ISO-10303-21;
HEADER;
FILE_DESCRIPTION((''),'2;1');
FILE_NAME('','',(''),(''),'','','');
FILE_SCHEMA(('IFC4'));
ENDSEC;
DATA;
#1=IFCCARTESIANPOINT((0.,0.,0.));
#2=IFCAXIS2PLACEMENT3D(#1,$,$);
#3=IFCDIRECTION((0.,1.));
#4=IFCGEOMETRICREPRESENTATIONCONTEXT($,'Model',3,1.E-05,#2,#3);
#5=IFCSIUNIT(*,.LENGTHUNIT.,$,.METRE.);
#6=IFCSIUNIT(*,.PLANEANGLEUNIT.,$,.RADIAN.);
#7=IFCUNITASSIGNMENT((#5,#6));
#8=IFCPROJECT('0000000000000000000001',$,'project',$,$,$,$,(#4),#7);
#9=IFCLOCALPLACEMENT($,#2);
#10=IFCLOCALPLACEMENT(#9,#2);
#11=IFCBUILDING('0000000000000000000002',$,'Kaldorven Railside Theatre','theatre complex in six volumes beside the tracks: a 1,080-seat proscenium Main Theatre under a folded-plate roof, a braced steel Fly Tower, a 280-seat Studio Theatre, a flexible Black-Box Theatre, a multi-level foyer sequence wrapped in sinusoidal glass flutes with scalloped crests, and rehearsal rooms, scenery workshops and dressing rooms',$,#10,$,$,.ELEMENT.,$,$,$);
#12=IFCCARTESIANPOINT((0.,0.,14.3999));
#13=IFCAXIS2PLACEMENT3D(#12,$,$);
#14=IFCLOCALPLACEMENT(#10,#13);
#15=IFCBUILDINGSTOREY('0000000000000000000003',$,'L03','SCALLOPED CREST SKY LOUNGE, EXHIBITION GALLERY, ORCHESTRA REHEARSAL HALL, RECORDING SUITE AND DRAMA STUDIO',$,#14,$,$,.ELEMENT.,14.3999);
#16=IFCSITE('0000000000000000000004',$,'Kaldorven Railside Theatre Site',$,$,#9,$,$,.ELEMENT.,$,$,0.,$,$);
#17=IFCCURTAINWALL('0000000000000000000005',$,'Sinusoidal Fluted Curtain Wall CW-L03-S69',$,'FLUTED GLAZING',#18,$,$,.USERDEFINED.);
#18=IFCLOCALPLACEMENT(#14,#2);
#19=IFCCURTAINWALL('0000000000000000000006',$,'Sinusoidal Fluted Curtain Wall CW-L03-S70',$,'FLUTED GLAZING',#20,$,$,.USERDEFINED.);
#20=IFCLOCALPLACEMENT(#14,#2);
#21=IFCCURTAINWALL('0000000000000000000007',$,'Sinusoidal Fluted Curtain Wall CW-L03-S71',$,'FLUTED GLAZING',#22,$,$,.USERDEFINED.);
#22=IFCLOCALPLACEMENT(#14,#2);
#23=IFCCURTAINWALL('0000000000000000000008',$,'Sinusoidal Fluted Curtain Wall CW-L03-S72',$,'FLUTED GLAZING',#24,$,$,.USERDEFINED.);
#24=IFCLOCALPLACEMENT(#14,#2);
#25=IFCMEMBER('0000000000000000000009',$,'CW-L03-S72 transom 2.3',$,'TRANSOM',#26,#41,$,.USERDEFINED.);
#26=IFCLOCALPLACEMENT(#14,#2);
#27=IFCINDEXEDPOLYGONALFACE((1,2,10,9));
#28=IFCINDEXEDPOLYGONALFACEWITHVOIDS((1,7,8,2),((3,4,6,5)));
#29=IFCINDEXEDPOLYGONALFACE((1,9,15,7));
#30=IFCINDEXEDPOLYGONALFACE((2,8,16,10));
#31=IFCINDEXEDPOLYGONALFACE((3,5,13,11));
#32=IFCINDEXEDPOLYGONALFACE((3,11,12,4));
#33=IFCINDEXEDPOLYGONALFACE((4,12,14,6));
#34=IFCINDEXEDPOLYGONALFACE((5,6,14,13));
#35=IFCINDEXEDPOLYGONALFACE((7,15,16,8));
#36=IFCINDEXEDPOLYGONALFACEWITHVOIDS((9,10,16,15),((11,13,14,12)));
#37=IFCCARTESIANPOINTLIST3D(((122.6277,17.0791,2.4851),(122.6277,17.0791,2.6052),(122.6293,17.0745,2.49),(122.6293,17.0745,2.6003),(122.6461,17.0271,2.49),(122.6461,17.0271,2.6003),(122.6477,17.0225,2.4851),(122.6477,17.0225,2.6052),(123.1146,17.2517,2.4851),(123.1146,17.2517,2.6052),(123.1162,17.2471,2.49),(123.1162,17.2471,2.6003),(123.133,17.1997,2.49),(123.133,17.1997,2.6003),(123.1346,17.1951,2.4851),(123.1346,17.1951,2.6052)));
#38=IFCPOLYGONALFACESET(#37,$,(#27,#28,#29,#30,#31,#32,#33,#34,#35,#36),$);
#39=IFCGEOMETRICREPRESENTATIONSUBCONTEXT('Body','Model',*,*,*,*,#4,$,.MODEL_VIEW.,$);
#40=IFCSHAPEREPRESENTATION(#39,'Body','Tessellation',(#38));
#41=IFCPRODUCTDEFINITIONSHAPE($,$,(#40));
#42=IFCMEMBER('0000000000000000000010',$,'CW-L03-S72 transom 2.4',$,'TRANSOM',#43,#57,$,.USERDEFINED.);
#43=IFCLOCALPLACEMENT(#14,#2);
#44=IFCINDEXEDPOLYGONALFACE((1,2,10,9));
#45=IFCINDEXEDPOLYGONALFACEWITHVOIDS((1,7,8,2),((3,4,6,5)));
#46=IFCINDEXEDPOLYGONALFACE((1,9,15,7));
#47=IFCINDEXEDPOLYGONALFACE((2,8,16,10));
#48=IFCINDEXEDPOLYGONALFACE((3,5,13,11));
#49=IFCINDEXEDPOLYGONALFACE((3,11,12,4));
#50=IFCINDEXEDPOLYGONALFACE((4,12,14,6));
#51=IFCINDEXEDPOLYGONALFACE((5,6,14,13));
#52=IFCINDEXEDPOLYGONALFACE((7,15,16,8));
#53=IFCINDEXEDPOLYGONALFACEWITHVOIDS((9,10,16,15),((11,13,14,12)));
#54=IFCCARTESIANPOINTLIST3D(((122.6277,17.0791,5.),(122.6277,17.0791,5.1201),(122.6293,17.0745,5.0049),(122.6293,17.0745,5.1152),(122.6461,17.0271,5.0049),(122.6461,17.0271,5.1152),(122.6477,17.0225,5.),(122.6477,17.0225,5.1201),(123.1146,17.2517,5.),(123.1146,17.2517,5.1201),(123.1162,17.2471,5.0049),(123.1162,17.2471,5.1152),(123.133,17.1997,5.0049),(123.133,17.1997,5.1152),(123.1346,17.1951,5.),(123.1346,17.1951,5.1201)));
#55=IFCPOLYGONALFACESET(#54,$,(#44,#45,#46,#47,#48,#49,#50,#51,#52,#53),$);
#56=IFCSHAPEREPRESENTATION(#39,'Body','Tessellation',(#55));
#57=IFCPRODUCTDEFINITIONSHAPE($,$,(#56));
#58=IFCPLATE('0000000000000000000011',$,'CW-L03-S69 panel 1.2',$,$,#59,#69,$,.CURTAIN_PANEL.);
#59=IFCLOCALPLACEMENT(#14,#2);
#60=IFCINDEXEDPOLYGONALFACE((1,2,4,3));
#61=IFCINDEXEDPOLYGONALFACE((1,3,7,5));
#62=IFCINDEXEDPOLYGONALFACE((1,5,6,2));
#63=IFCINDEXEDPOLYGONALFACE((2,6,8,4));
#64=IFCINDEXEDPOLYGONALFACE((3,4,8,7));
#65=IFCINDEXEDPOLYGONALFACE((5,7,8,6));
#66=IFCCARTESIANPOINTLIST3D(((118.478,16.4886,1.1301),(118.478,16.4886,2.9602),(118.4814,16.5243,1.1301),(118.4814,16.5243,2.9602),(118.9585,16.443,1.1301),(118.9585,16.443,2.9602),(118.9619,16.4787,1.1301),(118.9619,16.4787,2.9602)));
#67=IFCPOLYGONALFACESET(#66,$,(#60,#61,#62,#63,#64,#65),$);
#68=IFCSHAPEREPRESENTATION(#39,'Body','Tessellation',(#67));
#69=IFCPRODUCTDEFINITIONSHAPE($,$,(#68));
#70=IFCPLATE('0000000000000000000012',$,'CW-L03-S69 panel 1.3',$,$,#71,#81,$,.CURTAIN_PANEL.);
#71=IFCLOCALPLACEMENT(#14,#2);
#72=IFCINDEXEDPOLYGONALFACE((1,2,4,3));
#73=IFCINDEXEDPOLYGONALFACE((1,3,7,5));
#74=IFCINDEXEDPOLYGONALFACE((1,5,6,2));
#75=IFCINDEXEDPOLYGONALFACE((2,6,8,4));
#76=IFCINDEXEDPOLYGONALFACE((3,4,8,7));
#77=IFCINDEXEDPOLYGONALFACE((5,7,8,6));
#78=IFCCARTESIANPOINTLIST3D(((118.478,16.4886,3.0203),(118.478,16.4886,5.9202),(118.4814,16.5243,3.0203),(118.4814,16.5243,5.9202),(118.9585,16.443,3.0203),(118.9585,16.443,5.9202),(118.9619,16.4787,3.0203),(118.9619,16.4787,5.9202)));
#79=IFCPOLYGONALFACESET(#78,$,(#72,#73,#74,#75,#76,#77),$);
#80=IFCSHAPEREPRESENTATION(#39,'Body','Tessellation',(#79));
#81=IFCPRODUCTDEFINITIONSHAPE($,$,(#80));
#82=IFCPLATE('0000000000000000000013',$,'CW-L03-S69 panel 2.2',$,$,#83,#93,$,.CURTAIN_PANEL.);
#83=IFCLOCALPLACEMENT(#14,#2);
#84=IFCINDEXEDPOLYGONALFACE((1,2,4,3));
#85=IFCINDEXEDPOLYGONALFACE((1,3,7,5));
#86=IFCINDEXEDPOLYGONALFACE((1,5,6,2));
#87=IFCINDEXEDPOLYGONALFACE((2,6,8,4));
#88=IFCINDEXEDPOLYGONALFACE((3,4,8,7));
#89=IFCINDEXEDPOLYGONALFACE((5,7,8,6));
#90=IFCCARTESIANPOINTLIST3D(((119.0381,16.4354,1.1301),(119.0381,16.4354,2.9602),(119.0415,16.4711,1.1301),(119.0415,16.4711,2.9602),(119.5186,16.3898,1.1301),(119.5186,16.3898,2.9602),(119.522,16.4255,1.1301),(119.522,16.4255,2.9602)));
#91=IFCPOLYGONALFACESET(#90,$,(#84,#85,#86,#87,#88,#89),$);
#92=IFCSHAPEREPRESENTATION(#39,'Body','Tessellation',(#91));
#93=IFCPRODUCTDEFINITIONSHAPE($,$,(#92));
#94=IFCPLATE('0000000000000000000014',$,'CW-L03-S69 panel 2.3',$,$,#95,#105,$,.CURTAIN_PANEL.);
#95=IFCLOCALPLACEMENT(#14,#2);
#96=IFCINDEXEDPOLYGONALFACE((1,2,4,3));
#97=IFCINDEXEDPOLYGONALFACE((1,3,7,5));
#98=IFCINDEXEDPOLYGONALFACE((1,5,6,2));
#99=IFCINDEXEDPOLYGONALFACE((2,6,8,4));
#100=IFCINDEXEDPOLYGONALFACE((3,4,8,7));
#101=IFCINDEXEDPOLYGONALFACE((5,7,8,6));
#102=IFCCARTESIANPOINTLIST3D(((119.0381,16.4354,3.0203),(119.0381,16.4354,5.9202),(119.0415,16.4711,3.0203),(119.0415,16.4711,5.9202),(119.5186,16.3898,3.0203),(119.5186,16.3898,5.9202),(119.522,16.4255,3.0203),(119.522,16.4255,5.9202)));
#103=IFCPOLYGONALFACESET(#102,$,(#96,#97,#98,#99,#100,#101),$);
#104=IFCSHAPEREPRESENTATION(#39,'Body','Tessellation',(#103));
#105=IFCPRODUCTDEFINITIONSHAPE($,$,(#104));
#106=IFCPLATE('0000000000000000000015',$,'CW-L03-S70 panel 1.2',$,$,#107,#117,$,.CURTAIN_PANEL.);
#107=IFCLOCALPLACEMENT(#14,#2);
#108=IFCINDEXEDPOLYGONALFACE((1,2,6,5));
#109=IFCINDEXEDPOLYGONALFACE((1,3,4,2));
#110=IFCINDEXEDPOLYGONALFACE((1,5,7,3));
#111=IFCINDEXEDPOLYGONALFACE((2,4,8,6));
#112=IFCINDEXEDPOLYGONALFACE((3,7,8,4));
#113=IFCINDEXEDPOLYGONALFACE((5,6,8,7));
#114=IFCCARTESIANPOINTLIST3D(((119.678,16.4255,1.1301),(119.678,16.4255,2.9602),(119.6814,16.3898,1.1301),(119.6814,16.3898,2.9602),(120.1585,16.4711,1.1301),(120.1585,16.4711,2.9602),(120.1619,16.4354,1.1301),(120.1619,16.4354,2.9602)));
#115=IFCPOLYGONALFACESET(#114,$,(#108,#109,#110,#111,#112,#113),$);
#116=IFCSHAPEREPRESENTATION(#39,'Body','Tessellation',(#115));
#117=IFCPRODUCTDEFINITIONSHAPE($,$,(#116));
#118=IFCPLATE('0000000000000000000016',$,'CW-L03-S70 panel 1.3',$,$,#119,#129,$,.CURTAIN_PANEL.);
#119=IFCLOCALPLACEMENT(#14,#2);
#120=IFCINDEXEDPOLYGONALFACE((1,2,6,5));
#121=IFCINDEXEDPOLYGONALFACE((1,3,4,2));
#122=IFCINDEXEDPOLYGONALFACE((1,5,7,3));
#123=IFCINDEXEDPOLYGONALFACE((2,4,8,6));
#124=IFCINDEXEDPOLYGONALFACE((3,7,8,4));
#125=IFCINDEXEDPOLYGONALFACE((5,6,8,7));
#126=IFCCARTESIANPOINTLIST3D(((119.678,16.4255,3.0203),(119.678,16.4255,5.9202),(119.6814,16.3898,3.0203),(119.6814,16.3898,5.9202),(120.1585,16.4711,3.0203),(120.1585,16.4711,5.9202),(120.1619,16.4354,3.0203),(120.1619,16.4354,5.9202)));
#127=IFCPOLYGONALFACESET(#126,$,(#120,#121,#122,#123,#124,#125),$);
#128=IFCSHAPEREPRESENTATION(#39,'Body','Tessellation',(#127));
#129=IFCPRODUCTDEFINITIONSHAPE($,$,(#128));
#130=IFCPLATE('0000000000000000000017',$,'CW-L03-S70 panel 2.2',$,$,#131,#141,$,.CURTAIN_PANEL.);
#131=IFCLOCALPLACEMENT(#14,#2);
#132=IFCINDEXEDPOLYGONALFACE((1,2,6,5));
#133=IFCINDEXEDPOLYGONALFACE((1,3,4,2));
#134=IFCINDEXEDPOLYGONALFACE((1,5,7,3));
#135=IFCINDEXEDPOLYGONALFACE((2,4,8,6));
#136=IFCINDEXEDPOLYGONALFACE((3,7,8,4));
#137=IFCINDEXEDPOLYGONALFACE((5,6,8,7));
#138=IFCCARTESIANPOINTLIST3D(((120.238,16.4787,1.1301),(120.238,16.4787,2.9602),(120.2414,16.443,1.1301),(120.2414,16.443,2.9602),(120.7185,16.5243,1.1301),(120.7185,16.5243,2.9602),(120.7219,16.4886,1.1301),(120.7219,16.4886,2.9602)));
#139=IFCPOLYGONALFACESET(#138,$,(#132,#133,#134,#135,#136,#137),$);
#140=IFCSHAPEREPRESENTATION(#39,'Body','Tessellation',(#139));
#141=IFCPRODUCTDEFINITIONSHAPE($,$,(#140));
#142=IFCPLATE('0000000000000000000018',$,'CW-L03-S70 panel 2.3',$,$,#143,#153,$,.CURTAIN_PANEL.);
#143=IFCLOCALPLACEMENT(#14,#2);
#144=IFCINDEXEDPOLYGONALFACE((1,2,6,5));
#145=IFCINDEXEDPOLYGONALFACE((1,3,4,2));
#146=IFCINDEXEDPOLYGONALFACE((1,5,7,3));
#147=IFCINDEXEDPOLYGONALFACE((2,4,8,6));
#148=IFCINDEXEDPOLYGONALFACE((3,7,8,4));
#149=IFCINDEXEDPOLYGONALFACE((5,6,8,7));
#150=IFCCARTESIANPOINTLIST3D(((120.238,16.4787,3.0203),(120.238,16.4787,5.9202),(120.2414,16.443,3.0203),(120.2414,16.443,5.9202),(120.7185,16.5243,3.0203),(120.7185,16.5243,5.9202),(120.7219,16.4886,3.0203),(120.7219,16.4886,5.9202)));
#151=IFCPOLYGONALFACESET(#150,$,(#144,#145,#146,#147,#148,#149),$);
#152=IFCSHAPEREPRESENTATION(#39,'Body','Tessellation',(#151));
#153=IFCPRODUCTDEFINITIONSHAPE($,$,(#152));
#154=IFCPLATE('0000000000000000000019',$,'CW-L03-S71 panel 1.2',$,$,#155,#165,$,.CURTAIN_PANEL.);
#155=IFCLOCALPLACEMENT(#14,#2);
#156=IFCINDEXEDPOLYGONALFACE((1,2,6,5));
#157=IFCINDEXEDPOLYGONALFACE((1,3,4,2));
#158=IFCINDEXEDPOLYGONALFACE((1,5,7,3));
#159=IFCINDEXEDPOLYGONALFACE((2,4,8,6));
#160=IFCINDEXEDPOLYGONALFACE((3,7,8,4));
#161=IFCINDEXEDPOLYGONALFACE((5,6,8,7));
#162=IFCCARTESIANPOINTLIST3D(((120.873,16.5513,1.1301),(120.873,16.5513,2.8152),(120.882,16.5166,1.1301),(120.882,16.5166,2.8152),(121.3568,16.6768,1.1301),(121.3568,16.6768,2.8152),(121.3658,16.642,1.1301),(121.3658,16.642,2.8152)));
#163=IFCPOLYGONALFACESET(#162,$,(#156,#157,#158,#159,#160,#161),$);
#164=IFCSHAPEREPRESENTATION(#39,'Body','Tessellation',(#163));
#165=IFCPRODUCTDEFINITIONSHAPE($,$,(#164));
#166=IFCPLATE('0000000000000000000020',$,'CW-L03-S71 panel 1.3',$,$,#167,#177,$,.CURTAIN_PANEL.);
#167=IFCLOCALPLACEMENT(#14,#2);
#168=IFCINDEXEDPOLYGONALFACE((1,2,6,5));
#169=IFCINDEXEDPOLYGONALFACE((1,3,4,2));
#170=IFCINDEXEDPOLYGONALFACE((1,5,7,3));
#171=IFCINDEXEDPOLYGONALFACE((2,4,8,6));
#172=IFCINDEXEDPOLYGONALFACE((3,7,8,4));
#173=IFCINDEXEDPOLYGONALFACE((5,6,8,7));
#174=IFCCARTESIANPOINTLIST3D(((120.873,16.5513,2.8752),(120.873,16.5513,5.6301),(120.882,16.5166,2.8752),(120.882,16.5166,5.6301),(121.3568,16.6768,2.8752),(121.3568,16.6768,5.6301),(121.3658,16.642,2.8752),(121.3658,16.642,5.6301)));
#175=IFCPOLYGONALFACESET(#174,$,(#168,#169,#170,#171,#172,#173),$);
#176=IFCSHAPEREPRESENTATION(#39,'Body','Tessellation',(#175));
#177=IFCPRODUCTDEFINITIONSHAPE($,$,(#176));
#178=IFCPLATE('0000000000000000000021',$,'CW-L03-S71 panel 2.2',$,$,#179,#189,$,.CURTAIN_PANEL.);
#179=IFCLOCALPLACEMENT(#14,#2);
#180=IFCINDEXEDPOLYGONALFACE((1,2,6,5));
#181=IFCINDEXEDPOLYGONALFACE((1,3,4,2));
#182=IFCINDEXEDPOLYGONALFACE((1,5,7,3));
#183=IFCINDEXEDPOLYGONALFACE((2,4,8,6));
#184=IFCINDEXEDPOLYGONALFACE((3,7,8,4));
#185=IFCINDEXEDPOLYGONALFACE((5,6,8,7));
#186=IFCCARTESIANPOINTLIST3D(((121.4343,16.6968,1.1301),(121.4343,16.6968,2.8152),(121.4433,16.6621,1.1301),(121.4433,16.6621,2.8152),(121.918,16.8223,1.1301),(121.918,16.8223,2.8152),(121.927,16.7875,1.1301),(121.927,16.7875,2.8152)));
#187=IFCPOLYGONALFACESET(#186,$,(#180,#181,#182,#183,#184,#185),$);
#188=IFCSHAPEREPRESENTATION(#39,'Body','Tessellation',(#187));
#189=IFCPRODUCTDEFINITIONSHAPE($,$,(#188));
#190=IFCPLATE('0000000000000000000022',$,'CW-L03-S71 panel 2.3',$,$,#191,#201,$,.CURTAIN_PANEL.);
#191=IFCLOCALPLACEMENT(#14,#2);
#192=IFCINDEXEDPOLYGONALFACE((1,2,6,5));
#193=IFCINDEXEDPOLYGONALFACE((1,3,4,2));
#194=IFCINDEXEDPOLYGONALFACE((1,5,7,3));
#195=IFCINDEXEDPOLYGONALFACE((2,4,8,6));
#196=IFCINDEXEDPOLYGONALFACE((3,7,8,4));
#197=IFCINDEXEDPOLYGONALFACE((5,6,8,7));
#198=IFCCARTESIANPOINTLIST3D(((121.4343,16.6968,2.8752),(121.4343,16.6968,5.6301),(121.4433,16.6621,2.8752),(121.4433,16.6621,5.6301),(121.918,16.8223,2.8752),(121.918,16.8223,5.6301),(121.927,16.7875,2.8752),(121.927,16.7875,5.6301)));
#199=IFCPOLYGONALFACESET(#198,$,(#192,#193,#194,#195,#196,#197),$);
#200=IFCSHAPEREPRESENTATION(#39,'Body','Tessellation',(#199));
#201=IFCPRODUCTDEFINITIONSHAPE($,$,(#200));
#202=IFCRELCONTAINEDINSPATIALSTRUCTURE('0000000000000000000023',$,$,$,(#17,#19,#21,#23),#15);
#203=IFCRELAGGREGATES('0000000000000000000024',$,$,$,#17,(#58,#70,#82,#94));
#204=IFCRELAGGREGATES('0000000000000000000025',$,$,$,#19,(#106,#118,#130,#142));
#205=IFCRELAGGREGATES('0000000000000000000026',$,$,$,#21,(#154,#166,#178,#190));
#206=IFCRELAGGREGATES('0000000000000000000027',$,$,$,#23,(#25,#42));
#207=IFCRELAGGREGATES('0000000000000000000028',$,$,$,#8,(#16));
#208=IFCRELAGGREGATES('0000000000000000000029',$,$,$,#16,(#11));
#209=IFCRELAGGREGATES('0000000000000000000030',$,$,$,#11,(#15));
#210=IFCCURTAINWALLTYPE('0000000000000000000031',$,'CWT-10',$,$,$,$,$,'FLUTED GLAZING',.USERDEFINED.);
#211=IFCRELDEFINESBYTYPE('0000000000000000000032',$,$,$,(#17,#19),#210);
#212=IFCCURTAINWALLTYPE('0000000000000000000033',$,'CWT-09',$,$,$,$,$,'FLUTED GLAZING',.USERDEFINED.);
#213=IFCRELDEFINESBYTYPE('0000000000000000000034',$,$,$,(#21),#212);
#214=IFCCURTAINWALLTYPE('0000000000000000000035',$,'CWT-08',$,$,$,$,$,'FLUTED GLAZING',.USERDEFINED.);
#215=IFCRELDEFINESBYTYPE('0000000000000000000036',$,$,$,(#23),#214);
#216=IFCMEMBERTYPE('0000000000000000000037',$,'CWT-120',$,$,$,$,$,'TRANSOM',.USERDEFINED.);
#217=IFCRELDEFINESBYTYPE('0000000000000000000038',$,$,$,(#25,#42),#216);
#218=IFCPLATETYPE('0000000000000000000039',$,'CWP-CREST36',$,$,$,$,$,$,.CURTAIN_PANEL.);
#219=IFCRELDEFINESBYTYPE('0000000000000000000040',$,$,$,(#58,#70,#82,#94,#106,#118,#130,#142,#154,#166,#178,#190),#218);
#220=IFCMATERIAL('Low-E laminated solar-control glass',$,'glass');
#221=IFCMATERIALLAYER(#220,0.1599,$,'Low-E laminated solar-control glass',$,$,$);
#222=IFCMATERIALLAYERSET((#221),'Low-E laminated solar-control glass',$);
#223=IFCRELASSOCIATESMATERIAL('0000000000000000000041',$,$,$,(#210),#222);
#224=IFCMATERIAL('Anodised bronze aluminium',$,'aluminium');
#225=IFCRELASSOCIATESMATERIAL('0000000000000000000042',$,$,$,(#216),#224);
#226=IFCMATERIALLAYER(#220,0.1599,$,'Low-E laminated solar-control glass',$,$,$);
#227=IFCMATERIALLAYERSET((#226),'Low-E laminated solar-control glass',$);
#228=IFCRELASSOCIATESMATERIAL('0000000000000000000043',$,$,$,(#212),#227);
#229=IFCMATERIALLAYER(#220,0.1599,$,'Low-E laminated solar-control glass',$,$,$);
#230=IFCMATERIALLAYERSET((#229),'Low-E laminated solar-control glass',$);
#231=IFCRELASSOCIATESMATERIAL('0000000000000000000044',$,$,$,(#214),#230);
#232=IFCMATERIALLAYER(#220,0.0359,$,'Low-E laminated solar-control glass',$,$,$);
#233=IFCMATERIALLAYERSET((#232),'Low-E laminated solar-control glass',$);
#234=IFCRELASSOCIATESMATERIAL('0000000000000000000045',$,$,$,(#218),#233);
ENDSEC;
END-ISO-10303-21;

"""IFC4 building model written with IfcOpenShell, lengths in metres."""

from ifc_helpers import new_model, si_unit, direction, frame, origin, origin_2d, place, context, subcontext, project, spatial, rectangle, hollow_rectangle, extrude, material, layer, layer_set, material_profile, profile_set, type_object, element, aggregate, save


model = new_model("IFC4")

# Units and contexts
model_context = context("Model", 3, precision=1e-05, world=origin(), true_north=direction((0.0, 1.0)))
body_context = subcontext(model_context, "Body", "Model", "MODEL_VIEW")
ifc_project = project(units=[si_unit("LENGTHUNIT", "METRE"), si_unit("PLANEANGLEUNIT", "RADIAN")], contexts=[model_context])

# Site, building, storey
site_placement = place(None, origin())
site = spatial("IfcSite", under=ifc_project, at=site_placement, Name="Kaldorven Railside Theatre Site", CompositionType="ELEMENT", RefElevation=0.0)
building_placement = place(site_placement, origin())
building = spatial("IfcBuilding", under=site, at=building_placement, Name="Kaldorven Railside Theatre", Description="theatre complex in six volumes beside the tracks: a 1,080-seat proscenium Main Theatre under a folded-plate roof, a braced steel Fly Tower, a 280-seat Studio Theatre, a flexible Black-Box Theatre, a multi-level foyer sequence wrapped in sinusoidal glass flutes with scalloped crests, and rehearsal rooms, scenery workshops and dressing rooms", CompositionType="ELEMENT")
storey_placement = place(building_placement, frame((0.0, 0.0, 14.3999)))
storey = spatial("IfcBuildingStorey", under=building, at=storey_placement, Name="L03", Description="SCALLOPED CREST SKY LOUNGE, EXHIBITION GALLERY, ORCHESTRA REHEARSAL HALL, RECORDING SUITE AND DRAMA STUDIO", CompositionType="ELEMENT", Elevation=14.3999)

# Curtain walls, members
ifc_material_1 = material(Name="Low-E laminated solar-control glass", Category="glass")
ifc_layer_1 = layer(ifc_material_1, 0.1599, Name="Low-E laminated solar-control glass")
ifc_layer_set_1 = layer_set([ifc_layer_1], Name="Low-E laminated solar-control glass")
curtain_wall_type_1 = type_object("IfcCurtainWallType", Name="CWT-10", ElementType="FLUTED GLAZING", PredefinedType="USERDEFINED", material=ifc_layer_set_1)
curtain_wall_1_placement = place(storey_placement, origin())
curtain_wall_1 = element("IfcCurtainWall", 1, at=curtain_wall_1_placement, inside=storey, type_object=curtain_wall_type_1, Name="Sinusoidal Fluted Curtain Wall CW-L03-S69", ObjectType="FLUTED GLAZING", PredefinedType="USERDEFINED")
ifc_material_2 = material(Name="Anodised bronze aluminium", Category="aluminium")
ifc_material_profile = material_profile(ifc_material_2, hollow_rectangle(XDim=0.0601, YDim=0.1201, WallThickness=0.0049, at=origin_2d()), Name="RHS 120x60x5")
ifc_profile_set = profile_set([ifc_material_profile], Name="Anodised bronze aluminium")
member_type = type_object("IfcMemberType", Name="CWT-120", ElementType="TRANSOM", PredefinedType="USERDEFINED", material=ifc_profile_set)
curtain_wall_2_placement = place(storey_placement, origin())
curtain_wall_2 = element("IfcCurtainWall", 2, at=curtain_wall_2_placement, inside=storey, type_object=curtain_wall_type_1, Name="Sinusoidal Fluted Curtain Wall CW-L03-S70", ObjectType="FLUTED GLAZING", PredefinedType="USERDEFINED")
ifc_layer_2 = layer(ifc_material_1, 0.1599, Name="Low-E laminated solar-control glass")
ifc_layer_set_2 = layer_set([ifc_layer_2], Name="Low-E laminated solar-control glass")
curtain_wall_type_2 = type_object("IfcCurtainWallType", Name="CWT-09", ElementType="FLUTED GLAZING", PredefinedType="USERDEFINED", material=ifc_layer_set_2)
curtain_wall_3_placement = place(storey_placement, origin())
curtain_wall_3 = element("IfcCurtainWall", 3, at=curtain_wall_3_placement, inside=storey, type_object=curtain_wall_type_2, Name="Sinusoidal Fluted Curtain Wall CW-L03-S71", ObjectType="FLUTED GLAZING", PredefinedType="USERDEFINED")
ifc_layer_3 = layer(ifc_material_1, 0.1599, Name="Low-E laminated solar-control glass")
ifc_layer_set_3 = layer_set([ifc_layer_3], Name="Low-E laminated solar-control glass")
curtain_wall_type_3 = type_object("IfcCurtainWallType", Name="CWT-08", ElementType="FLUTED GLAZING", PredefinedType="USERDEFINED", material=ifc_layer_set_3)
curtain_wall_4_placement = place(storey_placement, origin())
curtain_wall_4 = element("IfcCurtainWall", 4, at=curtain_wall_4_placement, inside=storey, type_object=curtain_wall_type_3, Name="Sinusoidal Fluted Curtain Wall CW-L03-S72", ObjectType="FLUTED GLAZING", PredefinedType="USERDEFINED")
member_1_placement = place(storey_placement, frame((122.6377, 17.0508, 2.5452), z_axis=(0.942509, 0.33418, 0.0), x_axis=(-0.33418, 0.942509, 0.0)))
member_1 = element("IfcMember", 5, at=member_1_placement, type_object=member_type, Name="CW-L03-S72 transom 2.3", ObjectType="TRANSOM", PredefinedType="USERDEFINED", context=body_context, shape_type="SweptSolid", body=[
    extrude(hollow_rectangle(XDim=0.0601, YDim=0.1201, WallThickness=0.0049, at=origin_2d()), origin(), (0.0, 0.0, 1.0), 0.5166),
])
member_2_placement = place(storey_placement, frame((122.6377, 17.0508, 5.0601), z_axis=(0.942509, 0.33418, 0.0), x_axis=(-0.33418, 0.942509, 0.0)))
member_2 = element("IfcMember", 6, at=member_2_placement, type_object=member_type, Name="CW-L03-S72 transom 2.4", ObjectType="TRANSOM", PredefinedType="USERDEFINED", context=body_context, shape_type="SweptSolid", body=[
    extrude(hollow_rectangle(XDim=0.0601, YDim=0.1201, WallThickness=0.0049, at=origin_2d()), origin(), (0.0, 0.0, 1.0), 0.5166),
])

# Plates
ifc_layer_4 = layer(ifc_material_1, 0.0359, Name="Low-E laminated solar-control glass")
ifc_layer_set_4 = layer_set([ifc_layer_4], Name="Low-E laminated solar-control glass")
plate_type = type_object("IfcPlateType", Name="CWP-CREST36", PredefinedType="CURTAIN_PANEL", material=ifc_layer_set_4)
plate_1_placement = place(storey_placement, frame((118.72, 16.4836, 1.1301), z_axis=(0.0, 0.0, 1.0), x_axis=(0.995526, -0.094492, 0.0)))
plate_1 = element("IfcPlate", 7, at=plate_1_placement, type_object=plate_type, Name="CW-L03-S69 panel 1.2", PredefinedType="CURTAIN_PANEL", context=body_context, shape_type="SweptSolid", body=[
    extrude(rectangle(XDim=0.4827, YDim=0.0359, at=origin_2d()), origin(), (0.0, 0.0, 1.0), 1.8301),
])
plate_2_placement = place(storey_placement, frame((118.72, 16.4836, 3.0203), z_axis=(0.0, 0.0, 1.0), x_axis=(0.995526, -0.094492, 0.0)))
plate_2 = element("IfcPlate", 8, at=plate_2_placement, type_object=plate_type, Name="CW-L03-S69 panel 1.3", PredefinedType="CURTAIN_PANEL", context=body_context, shape_type="SweptSolid", body=[
    extrude(rectangle(XDim=0.4827, YDim=0.0359, at=origin_2d()), origin(), (0.0, 0.0, 1.0), 2.8999),
])
plate_3_placement = place(storey_placement, frame((119.28, 16.4304, 1.1301), z_axis=(0.0, 0.0, 1.0), x_axis=(0.995526, -0.094492, 0.0)))
plate_3 = element("IfcPlate", 9, at=plate_3_placement, type_object=plate_type, Name="CW-L03-S69 panel 2.2", PredefinedType="CURTAIN_PANEL", context=body_context, shape_type="SweptSolid", body=[
    extrude(rectangle(XDim=0.4827, YDim=0.0359, at=origin_2d()), origin(), (0.0, 0.0, 1.0), 1.8301),
])
plate_4_placement = place(storey_placement, frame((119.28, 16.4304, 3.0203), z_axis=(0.0, 0.0, 1.0), x_axis=(0.995526, -0.094492, 0.0)))
plate_4 = element("IfcPlate", 10, at=plate_4_placement, type_object=plate_type, Name="CW-L03-S69 panel 2.3", PredefinedType="CURTAIN_PANEL", context=body_context, shape_type="SweptSolid", body=[
    extrude(rectangle(XDim=0.4827, YDim=0.0359, at=origin_2d()), origin(), (0.0, 0.0, 1.0), 2.8999),
])
aggregate(curtain_wall_1, [plate_1, plate_2, plate_3, plate_4])
plate_5_placement = place(storey_placement, frame((119.9199, 16.4304, 1.1301), z_axis=(0.0, 0.0, 1.0), x_axis=(0.995526, 0.094492, 0.0)))
plate_5 = element("IfcPlate", 11, at=plate_5_placement, type_object=plate_type, Name="CW-L03-S70 panel 1.2", PredefinedType="CURTAIN_PANEL", context=body_context, shape_type="SweptSolid", body=[
    extrude(rectangle(XDim=0.4827, YDim=0.0359, at=origin_2d()), origin(), (0.0, 0.0, 1.0), 1.8301),
])
plate_6_placement = place(storey_placement, frame((119.9199, 16.4304, 3.0203), z_axis=(0.0, 0.0, 1.0), x_axis=(0.995526, 0.094492, 0.0)))
plate_6 = element("IfcPlate", 12, at=plate_6_placement, type_object=plate_type, Name="CW-L03-S70 panel 1.3", PredefinedType="CURTAIN_PANEL", context=body_context, shape_type="SweptSolid", body=[
    extrude(rectangle(XDim=0.4827, YDim=0.0359, at=origin_2d()), origin(), (0.0, 0.0, 1.0), 2.8999),
])
plate_7_placement = place(storey_placement, frame((120.48, 16.4836, 1.1301), z_axis=(0.0, 0.0, 1.0), x_axis=(0.995526, 0.094492, 0.0)))
plate_7 = element("IfcPlate", 13, at=plate_7_placement, type_object=plate_type, Name="CW-L03-S70 panel 2.2", PredefinedType="CURTAIN_PANEL", context=body_context, shape_type="SweptSolid", body=[
    extrude(rectangle(XDim=0.4827, YDim=0.0359, at=origin_2d()), origin(), (0.0, 0.0, 1.0), 1.8301),
])
plate_8_placement = place(storey_placement, frame((120.48, 16.4836, 3.0203), z_axis=(0.0, 0.0, 1.0), x_axis=(0.995526, 0.094492, 0.0)))
plate_8 = element("IfcPlate", 14, at=plate_8_placement, type_object=plate_type, Name="CW-L03-S70 panel 2.3", PredefinedType="CURTAIN_PANEL", context=body_context, shape_type="SweptSolid", body=[
    extrude(rectangle(XDim=0.4827, YDim=0.0359, at=origin_2d()), origin(), (0.0, 0.0, 1.0), 2.8999),
])
aggregate(curtain_wall_2, [plate_5, plate_6, plate_7, plate_8])
plate_9_placement = place(storey_placement, frame((121.1194, 16.5967, 1.1301), z_axis=(0.0, 0.0, 1.0), x_axis=(0.967999, 0.250954, 0.0)))
plate_9 = element("IfcPlate", 15, at=plate_9_placement, type_object=plate_type, Name="CW-L03-S71 panel 1.2", PredefinedType="CURTAIN_PANEL", context=body_context, shape_type="SweptSolid", body=[
    extrude(rectangle(XDim=0.4998, YDim=0.0359, at=origin_2d()), origin(), (0.0, 0.0, 1.0), 1.6851),
])
plate_10_placement = place(storey_placement, frame((121.1194, 16.5967, 2.8752), z_axis=(0.0, 0.0, 1.0), x_axis=(0.967999, 0.250954, 0.0)))
plate_10 = element("IfcPlate", 16, at=plate_10_placement, type_object=plate_type, Name="CW-L03-S71 panel 1.3", PredefinedType="CURTAIN_PANEL", context=body_context, shape_type="SweptSolid", body=[
    extrude(rectangle(XDim=0.4998, YDim=0.0359, at=origin_2d()), origin(), (0.0, 0.0, 1.0), 2.7549),
])
plate_11_placement = place(storey_placement, frame((121.6807, 16.7422, 1.1301), z_axis=(0.0, 0.0, 1.0), x_axis=(0.967999, 0.250954, 0.0)))
plate_11 = element("IfcPlate", 17, at=plate_11_placement, type_object=plate_type, Name="CW-L03-S71 panel 2.2", PredefinedType="CURTAIN_PANEL", context=body_context, shape_type="SweptSolid", body=[
    extrude(rectangle(XDim=0.4998, YDim=0.0359, at=origin_2d()), origin(), (0.0, 0.0, 1.0), 1.6851),
])
plate_12_placement = place(storey_placement, frame((121.6807, 16.7422, 2.8752), z_axis=(0.0, 0.0, 1.0), x_axis=(0.967999, 0.250954, 0.0)))
plate_12 = element("IfcPlate", 18, at=plate_12_placement, type_object=plate_type, Name="CW-L03-S71 panel 2.3", PredefinedType="CURTAIN_PANEL", context=body_context, shape_type="SweptSolid", body=[
    extrude(rectangle(XDim=0.4998, YDim=0.0359, at=origin_2d()), origin(), (0.0, 0.0, 1.0), 2.7549),
])
aggregate(curtain_wall_3, [plate_9, plate_10, plate_11, plate_12])
aggregate(curtain_wall_4, [member_1, member_2])

save(model, "model.ifc")
